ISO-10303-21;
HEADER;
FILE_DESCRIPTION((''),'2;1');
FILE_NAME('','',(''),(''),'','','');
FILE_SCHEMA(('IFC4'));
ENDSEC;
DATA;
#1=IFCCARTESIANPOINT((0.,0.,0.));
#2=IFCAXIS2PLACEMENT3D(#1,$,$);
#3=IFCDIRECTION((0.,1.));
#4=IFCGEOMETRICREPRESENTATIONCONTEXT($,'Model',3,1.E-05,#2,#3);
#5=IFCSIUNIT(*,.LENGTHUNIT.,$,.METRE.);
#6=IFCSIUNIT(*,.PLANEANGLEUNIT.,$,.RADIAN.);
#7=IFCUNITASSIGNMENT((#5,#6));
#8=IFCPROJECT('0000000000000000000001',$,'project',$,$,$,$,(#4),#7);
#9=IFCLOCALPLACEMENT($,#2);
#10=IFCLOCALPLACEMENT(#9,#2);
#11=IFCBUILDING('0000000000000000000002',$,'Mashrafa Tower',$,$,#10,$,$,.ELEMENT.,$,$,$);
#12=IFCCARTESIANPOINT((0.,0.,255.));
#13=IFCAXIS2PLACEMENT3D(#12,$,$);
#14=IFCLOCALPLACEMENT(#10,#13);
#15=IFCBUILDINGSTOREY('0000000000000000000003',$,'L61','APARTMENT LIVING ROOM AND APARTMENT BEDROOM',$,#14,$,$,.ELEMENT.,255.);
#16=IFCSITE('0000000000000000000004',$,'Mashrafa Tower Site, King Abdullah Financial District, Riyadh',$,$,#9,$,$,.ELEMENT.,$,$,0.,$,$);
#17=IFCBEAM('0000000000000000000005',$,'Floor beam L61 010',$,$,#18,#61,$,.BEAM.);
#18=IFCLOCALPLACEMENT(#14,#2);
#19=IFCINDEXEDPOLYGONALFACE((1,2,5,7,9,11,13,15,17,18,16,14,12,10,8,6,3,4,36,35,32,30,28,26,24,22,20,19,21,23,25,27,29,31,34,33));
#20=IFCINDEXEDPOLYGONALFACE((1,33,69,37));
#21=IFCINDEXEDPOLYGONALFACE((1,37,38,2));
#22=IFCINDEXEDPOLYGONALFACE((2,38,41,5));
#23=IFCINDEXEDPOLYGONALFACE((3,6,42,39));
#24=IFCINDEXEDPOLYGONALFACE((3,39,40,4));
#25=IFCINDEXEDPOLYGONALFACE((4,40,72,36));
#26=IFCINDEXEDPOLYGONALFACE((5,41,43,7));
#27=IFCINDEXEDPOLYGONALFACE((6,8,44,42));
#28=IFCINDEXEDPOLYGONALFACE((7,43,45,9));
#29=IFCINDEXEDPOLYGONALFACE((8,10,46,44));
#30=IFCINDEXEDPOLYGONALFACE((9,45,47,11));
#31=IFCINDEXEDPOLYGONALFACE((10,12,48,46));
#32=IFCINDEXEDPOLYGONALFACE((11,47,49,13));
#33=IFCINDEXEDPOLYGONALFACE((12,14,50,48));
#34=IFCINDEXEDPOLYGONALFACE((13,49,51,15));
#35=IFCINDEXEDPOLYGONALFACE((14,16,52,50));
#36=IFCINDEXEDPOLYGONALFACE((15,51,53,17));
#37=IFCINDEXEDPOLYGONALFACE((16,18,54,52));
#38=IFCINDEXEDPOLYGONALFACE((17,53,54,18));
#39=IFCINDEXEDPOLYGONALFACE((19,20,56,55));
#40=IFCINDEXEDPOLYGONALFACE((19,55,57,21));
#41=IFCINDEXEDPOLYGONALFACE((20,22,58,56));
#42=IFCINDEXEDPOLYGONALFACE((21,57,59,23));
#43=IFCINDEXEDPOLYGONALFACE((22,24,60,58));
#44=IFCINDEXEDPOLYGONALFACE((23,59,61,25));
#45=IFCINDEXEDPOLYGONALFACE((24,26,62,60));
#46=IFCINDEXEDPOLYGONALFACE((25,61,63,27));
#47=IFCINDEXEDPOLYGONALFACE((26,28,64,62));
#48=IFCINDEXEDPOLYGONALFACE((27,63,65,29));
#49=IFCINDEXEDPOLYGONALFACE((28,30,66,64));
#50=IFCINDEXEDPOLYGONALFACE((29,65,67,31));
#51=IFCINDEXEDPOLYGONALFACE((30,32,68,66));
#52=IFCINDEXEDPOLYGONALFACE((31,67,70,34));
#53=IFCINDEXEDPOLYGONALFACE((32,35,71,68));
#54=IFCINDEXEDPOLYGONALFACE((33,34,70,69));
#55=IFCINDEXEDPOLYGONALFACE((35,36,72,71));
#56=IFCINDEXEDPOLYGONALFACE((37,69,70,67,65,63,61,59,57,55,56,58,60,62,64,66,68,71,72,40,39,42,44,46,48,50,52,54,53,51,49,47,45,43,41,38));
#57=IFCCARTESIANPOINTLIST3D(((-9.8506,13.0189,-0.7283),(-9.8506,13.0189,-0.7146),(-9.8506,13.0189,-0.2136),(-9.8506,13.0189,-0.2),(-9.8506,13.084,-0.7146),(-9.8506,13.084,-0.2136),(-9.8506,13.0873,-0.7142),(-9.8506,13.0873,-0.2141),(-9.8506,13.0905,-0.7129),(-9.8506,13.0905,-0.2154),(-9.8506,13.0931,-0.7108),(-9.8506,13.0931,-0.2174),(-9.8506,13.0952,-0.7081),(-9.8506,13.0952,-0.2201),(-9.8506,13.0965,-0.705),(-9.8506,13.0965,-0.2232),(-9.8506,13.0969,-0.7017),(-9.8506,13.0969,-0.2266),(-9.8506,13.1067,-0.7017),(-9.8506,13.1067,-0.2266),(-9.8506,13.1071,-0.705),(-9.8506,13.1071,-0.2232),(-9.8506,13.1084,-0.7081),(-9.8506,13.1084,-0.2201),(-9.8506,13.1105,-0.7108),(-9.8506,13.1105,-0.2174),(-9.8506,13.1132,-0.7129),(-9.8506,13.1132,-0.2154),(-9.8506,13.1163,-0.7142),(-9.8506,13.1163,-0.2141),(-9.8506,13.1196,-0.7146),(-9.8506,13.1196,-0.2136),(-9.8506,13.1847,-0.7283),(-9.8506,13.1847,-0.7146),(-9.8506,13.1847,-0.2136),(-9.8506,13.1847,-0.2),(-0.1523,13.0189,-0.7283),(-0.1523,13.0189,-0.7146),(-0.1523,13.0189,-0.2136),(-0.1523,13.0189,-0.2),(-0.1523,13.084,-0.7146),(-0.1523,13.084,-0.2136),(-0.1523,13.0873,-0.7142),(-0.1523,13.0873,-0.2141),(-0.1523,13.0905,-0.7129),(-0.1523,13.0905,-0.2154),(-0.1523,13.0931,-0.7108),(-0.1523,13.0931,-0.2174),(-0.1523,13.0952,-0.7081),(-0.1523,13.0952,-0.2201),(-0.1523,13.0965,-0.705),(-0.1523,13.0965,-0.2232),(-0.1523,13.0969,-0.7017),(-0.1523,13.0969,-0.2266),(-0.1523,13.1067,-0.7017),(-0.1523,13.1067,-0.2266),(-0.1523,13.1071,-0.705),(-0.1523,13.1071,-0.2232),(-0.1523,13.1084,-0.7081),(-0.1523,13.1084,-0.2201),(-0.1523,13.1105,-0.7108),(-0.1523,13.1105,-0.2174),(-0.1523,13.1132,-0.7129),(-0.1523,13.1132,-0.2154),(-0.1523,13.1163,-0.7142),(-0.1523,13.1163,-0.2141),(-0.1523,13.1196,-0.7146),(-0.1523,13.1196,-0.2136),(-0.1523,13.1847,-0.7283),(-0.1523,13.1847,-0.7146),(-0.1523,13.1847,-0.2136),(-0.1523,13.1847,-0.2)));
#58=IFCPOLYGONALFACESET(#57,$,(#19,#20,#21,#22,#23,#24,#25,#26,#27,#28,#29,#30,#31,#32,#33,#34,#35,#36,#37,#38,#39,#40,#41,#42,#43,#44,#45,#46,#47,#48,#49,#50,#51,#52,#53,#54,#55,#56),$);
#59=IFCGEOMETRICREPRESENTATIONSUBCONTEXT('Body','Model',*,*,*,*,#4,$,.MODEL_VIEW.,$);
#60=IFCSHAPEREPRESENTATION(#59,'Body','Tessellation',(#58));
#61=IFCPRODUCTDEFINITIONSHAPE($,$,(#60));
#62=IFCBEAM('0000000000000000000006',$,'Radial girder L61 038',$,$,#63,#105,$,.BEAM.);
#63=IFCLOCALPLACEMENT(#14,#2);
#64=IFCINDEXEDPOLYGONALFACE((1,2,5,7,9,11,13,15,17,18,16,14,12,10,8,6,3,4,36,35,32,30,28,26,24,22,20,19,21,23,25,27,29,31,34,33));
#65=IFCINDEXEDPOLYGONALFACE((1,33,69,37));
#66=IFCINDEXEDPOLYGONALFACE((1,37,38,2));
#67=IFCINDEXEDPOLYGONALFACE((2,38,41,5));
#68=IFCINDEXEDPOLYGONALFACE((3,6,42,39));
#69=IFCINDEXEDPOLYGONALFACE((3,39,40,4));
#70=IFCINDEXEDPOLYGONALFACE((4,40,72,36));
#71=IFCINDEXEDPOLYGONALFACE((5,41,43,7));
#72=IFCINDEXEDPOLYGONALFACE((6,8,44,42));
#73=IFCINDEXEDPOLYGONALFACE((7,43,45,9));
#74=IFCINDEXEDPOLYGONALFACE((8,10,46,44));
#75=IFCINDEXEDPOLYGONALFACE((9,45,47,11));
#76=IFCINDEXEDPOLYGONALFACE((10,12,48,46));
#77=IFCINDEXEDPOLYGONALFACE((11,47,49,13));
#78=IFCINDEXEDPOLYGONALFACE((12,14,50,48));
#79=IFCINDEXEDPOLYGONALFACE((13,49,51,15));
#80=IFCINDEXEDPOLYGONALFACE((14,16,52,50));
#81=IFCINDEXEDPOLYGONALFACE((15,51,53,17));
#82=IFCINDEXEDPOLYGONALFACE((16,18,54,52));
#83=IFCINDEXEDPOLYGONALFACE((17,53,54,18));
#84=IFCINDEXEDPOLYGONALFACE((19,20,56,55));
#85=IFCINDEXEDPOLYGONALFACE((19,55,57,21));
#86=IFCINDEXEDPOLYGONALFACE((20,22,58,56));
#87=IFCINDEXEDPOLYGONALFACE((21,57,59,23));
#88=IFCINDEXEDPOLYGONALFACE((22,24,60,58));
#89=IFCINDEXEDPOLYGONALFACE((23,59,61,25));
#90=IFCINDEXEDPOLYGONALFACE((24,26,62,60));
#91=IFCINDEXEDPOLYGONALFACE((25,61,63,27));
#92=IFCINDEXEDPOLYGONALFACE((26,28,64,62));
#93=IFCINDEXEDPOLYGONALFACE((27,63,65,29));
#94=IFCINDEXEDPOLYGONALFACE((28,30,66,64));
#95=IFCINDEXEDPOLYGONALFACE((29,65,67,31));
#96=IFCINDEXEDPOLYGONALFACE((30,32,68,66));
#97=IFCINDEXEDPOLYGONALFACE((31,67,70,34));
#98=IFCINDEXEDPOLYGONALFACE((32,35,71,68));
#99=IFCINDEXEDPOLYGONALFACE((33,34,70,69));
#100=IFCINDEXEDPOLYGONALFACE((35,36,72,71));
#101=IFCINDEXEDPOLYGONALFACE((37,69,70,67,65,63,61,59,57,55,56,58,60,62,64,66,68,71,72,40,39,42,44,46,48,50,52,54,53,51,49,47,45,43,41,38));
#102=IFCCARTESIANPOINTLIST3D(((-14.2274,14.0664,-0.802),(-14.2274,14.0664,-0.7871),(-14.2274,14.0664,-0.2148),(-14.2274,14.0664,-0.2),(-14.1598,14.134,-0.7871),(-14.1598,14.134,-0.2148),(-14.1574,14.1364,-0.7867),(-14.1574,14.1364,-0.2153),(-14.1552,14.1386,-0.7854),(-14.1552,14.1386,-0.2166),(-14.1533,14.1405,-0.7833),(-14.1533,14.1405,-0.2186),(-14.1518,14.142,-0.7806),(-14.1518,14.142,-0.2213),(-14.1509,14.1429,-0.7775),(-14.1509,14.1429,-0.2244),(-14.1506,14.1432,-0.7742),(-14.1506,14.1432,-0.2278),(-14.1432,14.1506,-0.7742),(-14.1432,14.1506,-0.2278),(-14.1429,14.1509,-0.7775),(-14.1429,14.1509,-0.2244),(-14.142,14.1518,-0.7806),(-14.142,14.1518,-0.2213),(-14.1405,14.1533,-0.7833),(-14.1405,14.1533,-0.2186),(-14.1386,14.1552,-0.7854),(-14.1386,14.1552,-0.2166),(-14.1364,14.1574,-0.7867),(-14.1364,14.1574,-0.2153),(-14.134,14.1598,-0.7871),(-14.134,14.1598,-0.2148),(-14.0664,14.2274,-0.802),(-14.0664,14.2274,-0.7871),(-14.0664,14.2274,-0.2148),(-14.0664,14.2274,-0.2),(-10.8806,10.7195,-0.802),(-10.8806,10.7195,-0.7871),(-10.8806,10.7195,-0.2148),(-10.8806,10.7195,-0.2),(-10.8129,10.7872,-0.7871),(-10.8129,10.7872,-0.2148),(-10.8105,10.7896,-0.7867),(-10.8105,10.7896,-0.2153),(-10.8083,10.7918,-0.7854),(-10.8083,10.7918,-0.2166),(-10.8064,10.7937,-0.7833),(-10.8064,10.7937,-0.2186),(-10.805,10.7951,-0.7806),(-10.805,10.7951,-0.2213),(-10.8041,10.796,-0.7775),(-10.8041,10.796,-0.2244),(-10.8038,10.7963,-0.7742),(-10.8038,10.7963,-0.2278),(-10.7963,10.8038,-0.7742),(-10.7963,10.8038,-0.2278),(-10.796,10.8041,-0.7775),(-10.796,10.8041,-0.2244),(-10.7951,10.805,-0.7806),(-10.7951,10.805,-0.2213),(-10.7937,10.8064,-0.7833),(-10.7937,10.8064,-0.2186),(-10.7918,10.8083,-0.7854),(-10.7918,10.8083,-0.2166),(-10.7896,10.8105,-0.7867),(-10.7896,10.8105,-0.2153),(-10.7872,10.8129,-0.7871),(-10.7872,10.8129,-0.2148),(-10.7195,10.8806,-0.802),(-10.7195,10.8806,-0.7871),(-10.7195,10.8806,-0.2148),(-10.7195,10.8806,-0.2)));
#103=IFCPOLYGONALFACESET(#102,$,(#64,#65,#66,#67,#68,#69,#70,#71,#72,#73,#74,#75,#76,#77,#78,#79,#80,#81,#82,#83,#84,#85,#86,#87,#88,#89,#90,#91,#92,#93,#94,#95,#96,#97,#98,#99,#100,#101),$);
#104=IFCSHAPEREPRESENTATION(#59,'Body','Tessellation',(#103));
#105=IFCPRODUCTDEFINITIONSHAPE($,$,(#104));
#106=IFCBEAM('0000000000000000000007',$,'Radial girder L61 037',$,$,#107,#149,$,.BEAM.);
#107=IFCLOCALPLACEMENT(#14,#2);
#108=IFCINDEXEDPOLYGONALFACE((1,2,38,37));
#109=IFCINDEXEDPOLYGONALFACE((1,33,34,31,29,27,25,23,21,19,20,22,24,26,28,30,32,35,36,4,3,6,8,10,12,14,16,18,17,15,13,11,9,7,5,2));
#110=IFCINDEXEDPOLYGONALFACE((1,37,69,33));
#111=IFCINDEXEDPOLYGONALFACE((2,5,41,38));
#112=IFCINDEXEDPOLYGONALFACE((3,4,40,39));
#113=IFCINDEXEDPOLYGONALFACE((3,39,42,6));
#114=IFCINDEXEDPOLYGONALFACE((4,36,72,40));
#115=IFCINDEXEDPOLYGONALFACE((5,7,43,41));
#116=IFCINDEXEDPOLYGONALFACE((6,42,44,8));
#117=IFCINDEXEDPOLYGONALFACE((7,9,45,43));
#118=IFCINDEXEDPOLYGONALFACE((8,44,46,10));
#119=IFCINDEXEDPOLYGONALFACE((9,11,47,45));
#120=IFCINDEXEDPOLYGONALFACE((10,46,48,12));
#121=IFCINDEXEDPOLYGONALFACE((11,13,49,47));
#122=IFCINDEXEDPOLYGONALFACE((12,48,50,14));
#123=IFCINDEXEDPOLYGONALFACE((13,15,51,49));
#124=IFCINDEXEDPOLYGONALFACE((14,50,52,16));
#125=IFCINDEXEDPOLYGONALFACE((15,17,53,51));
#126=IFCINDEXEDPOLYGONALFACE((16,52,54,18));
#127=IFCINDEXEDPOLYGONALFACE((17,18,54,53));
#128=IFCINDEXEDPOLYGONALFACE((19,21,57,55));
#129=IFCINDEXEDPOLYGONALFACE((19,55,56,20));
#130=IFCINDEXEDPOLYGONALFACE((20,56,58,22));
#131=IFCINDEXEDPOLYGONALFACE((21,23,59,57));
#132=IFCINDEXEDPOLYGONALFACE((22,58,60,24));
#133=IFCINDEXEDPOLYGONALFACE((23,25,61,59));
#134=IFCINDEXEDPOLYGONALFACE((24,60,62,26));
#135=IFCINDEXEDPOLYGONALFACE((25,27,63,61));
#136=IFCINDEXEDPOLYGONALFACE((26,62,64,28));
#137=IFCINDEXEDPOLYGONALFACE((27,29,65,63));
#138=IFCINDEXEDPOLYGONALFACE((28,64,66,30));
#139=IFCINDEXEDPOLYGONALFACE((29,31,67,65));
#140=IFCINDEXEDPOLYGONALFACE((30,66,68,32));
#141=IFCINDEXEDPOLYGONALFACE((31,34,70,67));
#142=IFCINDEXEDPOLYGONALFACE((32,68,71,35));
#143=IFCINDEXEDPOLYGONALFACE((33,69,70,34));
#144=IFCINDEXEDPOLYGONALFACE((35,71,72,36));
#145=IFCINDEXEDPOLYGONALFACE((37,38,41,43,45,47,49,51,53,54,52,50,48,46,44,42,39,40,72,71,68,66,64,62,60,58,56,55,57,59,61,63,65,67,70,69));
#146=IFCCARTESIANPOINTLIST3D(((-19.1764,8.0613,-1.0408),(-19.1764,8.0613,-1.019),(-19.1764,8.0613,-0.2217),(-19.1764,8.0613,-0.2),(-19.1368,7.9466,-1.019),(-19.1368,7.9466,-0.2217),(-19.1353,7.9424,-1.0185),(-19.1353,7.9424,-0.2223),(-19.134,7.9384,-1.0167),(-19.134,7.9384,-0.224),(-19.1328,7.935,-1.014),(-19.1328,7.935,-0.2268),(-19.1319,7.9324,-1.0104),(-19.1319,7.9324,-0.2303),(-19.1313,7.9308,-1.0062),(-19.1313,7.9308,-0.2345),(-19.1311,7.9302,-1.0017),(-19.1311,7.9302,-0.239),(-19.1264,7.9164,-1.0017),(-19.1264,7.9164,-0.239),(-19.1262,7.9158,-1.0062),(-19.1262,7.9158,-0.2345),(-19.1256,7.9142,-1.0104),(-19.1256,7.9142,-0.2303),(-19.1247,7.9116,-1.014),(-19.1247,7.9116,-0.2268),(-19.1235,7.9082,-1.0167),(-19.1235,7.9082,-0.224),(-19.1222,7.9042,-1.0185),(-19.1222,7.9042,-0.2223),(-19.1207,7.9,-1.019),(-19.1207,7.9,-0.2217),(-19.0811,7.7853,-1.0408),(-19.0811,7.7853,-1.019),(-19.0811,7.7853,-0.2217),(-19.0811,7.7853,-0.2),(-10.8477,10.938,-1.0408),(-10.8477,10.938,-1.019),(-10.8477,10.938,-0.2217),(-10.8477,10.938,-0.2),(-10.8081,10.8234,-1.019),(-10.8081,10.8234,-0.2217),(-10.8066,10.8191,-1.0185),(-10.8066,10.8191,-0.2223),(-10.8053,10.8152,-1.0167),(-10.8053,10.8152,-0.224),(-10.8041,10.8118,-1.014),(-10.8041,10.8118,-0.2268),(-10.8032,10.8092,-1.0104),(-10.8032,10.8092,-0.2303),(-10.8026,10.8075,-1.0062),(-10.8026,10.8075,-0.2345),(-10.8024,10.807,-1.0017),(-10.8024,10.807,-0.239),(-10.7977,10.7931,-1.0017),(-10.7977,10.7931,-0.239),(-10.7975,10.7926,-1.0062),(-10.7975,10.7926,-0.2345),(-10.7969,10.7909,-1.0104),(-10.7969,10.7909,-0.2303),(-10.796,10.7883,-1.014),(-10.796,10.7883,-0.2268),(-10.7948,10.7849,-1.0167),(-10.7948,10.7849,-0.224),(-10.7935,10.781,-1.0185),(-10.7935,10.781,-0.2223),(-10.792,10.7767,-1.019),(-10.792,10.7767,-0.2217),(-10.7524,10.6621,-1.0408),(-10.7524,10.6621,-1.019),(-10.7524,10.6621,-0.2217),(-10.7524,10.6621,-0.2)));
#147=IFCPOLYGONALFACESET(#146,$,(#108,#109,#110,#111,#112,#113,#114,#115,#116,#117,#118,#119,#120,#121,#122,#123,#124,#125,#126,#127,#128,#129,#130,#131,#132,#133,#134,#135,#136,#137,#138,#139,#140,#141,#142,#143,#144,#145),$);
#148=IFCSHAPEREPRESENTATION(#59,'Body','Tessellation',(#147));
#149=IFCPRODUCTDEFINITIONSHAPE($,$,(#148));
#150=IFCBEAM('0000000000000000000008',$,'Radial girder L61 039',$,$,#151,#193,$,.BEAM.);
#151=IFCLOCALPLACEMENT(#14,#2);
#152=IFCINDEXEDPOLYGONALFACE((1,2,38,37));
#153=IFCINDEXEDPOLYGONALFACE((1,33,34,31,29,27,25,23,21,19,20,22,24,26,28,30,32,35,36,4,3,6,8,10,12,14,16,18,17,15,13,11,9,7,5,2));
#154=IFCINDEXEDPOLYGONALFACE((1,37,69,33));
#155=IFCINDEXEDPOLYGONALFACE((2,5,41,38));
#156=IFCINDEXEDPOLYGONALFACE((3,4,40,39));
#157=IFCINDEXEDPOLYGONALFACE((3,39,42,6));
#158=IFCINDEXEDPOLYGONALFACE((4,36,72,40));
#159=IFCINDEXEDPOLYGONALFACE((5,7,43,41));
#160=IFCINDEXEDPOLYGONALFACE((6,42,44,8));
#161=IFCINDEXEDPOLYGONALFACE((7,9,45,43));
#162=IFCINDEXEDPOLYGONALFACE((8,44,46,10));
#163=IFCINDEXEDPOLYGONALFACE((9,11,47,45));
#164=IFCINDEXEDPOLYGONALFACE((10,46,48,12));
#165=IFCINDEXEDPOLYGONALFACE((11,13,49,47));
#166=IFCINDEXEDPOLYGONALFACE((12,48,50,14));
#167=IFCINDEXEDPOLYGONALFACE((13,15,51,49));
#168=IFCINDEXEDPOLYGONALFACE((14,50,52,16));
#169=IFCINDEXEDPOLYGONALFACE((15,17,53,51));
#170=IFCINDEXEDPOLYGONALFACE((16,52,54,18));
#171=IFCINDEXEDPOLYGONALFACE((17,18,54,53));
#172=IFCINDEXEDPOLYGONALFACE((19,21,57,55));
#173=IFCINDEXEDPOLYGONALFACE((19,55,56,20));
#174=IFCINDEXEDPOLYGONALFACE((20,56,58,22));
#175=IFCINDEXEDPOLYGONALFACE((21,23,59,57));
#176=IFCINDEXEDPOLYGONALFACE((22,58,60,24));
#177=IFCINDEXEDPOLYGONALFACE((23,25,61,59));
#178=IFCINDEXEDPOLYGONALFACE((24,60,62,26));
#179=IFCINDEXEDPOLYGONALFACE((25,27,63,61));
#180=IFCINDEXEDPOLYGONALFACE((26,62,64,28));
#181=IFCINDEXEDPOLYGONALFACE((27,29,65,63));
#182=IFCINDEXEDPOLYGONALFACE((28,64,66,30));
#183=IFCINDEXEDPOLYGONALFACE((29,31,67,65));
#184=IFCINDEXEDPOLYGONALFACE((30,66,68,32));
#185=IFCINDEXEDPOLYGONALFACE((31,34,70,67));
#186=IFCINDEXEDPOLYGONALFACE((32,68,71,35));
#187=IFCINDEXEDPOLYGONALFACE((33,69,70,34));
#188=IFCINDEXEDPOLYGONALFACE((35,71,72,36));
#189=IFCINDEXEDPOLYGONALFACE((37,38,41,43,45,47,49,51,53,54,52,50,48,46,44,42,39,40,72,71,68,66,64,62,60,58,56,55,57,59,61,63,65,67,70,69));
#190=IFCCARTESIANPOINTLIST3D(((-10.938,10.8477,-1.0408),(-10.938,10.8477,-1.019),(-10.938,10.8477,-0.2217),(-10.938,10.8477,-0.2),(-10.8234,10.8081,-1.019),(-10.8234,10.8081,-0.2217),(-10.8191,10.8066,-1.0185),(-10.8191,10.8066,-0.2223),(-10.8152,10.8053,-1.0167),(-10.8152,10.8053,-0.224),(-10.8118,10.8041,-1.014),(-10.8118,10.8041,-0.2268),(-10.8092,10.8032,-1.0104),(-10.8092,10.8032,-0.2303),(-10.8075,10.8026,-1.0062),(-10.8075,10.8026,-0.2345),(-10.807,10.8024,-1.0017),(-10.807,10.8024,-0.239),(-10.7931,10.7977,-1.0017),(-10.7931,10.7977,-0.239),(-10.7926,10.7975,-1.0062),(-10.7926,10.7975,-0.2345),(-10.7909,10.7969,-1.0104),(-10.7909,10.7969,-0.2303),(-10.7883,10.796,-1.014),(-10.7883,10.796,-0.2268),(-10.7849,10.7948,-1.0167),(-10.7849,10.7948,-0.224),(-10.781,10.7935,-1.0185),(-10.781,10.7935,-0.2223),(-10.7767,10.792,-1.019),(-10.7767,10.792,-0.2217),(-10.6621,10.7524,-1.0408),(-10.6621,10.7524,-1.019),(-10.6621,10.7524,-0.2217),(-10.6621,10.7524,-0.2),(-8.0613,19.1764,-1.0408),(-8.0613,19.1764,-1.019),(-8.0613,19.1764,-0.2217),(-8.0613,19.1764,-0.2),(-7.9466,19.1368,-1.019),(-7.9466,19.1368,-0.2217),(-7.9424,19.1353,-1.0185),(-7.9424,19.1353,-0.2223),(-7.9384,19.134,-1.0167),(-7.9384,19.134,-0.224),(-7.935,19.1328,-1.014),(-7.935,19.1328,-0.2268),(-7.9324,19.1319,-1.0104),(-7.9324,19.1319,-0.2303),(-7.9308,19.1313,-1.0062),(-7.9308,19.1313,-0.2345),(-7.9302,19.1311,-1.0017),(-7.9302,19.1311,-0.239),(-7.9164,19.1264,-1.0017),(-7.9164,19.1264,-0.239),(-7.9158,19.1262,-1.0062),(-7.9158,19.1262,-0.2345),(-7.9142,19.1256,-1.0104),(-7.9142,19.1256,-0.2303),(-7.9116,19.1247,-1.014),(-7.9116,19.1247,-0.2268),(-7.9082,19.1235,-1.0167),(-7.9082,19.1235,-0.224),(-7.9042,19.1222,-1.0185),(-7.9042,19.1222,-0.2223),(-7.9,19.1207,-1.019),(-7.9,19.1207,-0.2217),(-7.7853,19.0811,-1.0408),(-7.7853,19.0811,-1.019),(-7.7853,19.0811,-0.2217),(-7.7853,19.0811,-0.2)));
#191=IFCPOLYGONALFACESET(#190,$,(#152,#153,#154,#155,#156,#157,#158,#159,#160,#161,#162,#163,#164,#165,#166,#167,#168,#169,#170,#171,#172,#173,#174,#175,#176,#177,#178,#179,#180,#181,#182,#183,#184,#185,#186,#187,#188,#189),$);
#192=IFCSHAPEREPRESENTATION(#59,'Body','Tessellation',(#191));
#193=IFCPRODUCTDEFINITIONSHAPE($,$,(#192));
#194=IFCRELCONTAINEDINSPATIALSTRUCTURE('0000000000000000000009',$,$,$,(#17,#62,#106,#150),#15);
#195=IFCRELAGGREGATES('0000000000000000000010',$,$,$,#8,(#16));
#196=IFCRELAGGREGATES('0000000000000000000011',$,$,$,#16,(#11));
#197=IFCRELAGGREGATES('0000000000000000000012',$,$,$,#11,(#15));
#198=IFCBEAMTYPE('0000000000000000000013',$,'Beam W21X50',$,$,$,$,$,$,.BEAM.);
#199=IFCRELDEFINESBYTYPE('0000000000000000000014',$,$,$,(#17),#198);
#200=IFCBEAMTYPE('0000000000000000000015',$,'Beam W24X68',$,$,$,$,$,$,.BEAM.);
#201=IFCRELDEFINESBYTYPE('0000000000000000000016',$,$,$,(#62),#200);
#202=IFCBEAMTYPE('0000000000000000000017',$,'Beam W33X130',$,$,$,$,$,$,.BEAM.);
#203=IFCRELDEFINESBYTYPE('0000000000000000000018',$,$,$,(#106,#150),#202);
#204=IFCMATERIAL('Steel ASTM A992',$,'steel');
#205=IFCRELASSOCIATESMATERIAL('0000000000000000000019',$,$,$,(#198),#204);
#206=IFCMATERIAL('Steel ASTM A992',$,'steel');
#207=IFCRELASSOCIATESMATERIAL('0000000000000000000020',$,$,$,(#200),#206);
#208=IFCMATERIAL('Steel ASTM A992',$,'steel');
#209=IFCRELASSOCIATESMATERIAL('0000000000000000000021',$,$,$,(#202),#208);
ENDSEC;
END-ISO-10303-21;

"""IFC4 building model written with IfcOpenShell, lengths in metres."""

from ifc_helpers import new_model, si_unit, direction, frame, origin, origin_2d, place, context, subcontext, project, spatial, i_section, extrude, material, material_profile, profile_set, type_object, element, save


model = new_model("IFC4")

# Units and contexts
model_context = context("Model", 3, precision=1e-05, world=origin(), true_north=direction((0.0, 1.0)))
body_context = subcontext(model_context, "Body", "Model", "MODEL_VIEW")
ifc_project = project(units=[si_unit("LENGTHUNIT", "METRE"), si_unit("PLANEANGLEUNIT", "RADIAN")], contexts=[model_context])

# Site, building, storey
site_placement = place(None, origin())
site = spatial("IfcSite", under=ifc_project, at=site_placement, Name="Mashrafa Tower Site, King Abdullah Financial District, Riyadh", CompositionType="ELEMENT", RefElevation=0.0)
building_placement = place(site_placement, origin())
building = spatial("IfcBuilding", under=site, at=building_placement, Name="Mashrafa Tower", CompositionType="ELEMENT")
storey_placement = place(building_placement, frame((0.0, 0.0, 255.0)))
storey = spatial("IfcBuildingStorey", under=building, at=storey_placement, Name="L61", Description="APARTMENT LIVING ROOM AND APARTMENT BEDROOM", CompositionType="ELEMENT", Elevation=255.0)

# Beams
ifc_material_1 = material(Name="Steel ASTM A992", Category="steel")
ifc_material_profile_1 = material_profile(ifc_material_1, i_section(OverallWidth=0.1658, OverallDepth=0.5283, WebThickness=0.0098, FlangeThickness=0.0137, FilletRadius=0.0129, at=origin_2d()), Name="W21X50")
ifc_profile_set_1 = profile_set([ifc_material_profile_1], Name="Steel ASTM A992")
beam_type_1 = type_object("IfcBeamType", Name="Beam W21X50", PredefinedType="BEAM", material=ifc_profile_set_1)
beam_1_placement = place(storey_placement, frame((-9.8506, 13.1018, -0.4641), z_axis=(1.0, 0.0, 0.0), x_axis=(0.0, 1.0, 0.0)))
element("IfcBeam", 1, at=beam_1_placement, inside=storey, type_object=beam_type_1, Name="Floor beam L61 010", PredefinedType="BEAM", context=body_context, shape_type="SweptSolid", body=[
    extrude(i_section(OverallWidth=0.1658, OverallDepth=0.5283, WebThickness=0.0098, FlangeThickness=0.0137, FilletRadius=0.0129, at=origin_2d()), origin(), (0.0, 0.0, 1.0), 9.6982),
])
ifc_material_2 = material(Name="Steel ASTM A992", Category="steel")
ifc_material_profile_2 = material_profile(ifc_material_2, i_section(OverallWidth=0.2278, OverallDepth=0.6021, WebThickness=0.0105, FlangeThickness=0.0149, FilletRadius=0.0129, at=origin_2d()), Name="W24X68")
ifc_profile_set_2 = profile_set([ifc_material_profile_2], Name="Steel ASTM A992")
beam_type_2 = type_object("IfcBeamType", Name="Beam W24X68", PredefinedType="BEAM", material=ifc_profile_set_2)
beam_2_placement = place(storey_placement, frame((-10.8, 10.8, -0.501), z_axis=(-0.707107, 0.707107, 0.0), x_axis=(-0.707107, -0.707107, 0.0)))
element("IfcBeam", 2, at=beam_2_placement, inside=storey, type_object=beam_type_2, Name="Radial girder L61 038", PredefinedType="BEAM", context=body_context, shape_type="SweptSolid", body=[
    extrude(i_section(OverallWidth=0.2278, OverallDepth=0.6021, WebThickness=0.0105, FlangeThickness=0.0149, FilletRadius=0.0129, at=origin_2d()), origin(), (0.0, 0.0, 1.0), 4.7332),
])
ifc_material_3 = material(Name="Steel ASTM A992", Category="steel")
ifc_material_profile_3 = material_profile(ifc_material_3, i_section(OverallWidth=0.292, OverallDepth=0.8408, WebThickness=0.0146, FlangeThickness=0.0217, FilletRadius=0.0173, at=origin_2d()), Name="W33X130")
ifc_profile_set_3 = profile_set([ifc_material_profile_3], Name="Steel ASTM A992")
beam_type_3 = type_object("IfcBeamType", Name="Beam W33X130", PredefinedType="BEAM", material=ifc_profile_set_3)
for number, where, z_axis, x_axis, name in (
    (3, (-10.8, 10.8, -0.6204), (-0.945206, -0.326475, 0.0), (0.326475, -0.945206, 0.0), "Radial girder L61 037"),
    (4, (-10.8, 10.8, -0.6204), (0.326475, 0.945206, 0.0), (-0.945206, 0.326475, 0.0), "Radial girder L61 039"),
):
    element("IfcBeam", number, at=place(storey_placement, frame(where, z_axis=z_axis, x_axis=x_axis)), inside=storey, type_object=beam_type_3, Name=name, PredefinedType="BEAM", context=body_context, shape_type="SweptSolid", body=[
        extrude(i_section(OverallWidth=0.292, OverallDepth=0.8408, WebThickness=0.0146, FlangeThickness=0.0217, FilletRadius=0.0173, at=origin_2d()), origin(), (0.0, 0.0, 1.0), 8.8115),
    ])

save(model, "model.ifc")
